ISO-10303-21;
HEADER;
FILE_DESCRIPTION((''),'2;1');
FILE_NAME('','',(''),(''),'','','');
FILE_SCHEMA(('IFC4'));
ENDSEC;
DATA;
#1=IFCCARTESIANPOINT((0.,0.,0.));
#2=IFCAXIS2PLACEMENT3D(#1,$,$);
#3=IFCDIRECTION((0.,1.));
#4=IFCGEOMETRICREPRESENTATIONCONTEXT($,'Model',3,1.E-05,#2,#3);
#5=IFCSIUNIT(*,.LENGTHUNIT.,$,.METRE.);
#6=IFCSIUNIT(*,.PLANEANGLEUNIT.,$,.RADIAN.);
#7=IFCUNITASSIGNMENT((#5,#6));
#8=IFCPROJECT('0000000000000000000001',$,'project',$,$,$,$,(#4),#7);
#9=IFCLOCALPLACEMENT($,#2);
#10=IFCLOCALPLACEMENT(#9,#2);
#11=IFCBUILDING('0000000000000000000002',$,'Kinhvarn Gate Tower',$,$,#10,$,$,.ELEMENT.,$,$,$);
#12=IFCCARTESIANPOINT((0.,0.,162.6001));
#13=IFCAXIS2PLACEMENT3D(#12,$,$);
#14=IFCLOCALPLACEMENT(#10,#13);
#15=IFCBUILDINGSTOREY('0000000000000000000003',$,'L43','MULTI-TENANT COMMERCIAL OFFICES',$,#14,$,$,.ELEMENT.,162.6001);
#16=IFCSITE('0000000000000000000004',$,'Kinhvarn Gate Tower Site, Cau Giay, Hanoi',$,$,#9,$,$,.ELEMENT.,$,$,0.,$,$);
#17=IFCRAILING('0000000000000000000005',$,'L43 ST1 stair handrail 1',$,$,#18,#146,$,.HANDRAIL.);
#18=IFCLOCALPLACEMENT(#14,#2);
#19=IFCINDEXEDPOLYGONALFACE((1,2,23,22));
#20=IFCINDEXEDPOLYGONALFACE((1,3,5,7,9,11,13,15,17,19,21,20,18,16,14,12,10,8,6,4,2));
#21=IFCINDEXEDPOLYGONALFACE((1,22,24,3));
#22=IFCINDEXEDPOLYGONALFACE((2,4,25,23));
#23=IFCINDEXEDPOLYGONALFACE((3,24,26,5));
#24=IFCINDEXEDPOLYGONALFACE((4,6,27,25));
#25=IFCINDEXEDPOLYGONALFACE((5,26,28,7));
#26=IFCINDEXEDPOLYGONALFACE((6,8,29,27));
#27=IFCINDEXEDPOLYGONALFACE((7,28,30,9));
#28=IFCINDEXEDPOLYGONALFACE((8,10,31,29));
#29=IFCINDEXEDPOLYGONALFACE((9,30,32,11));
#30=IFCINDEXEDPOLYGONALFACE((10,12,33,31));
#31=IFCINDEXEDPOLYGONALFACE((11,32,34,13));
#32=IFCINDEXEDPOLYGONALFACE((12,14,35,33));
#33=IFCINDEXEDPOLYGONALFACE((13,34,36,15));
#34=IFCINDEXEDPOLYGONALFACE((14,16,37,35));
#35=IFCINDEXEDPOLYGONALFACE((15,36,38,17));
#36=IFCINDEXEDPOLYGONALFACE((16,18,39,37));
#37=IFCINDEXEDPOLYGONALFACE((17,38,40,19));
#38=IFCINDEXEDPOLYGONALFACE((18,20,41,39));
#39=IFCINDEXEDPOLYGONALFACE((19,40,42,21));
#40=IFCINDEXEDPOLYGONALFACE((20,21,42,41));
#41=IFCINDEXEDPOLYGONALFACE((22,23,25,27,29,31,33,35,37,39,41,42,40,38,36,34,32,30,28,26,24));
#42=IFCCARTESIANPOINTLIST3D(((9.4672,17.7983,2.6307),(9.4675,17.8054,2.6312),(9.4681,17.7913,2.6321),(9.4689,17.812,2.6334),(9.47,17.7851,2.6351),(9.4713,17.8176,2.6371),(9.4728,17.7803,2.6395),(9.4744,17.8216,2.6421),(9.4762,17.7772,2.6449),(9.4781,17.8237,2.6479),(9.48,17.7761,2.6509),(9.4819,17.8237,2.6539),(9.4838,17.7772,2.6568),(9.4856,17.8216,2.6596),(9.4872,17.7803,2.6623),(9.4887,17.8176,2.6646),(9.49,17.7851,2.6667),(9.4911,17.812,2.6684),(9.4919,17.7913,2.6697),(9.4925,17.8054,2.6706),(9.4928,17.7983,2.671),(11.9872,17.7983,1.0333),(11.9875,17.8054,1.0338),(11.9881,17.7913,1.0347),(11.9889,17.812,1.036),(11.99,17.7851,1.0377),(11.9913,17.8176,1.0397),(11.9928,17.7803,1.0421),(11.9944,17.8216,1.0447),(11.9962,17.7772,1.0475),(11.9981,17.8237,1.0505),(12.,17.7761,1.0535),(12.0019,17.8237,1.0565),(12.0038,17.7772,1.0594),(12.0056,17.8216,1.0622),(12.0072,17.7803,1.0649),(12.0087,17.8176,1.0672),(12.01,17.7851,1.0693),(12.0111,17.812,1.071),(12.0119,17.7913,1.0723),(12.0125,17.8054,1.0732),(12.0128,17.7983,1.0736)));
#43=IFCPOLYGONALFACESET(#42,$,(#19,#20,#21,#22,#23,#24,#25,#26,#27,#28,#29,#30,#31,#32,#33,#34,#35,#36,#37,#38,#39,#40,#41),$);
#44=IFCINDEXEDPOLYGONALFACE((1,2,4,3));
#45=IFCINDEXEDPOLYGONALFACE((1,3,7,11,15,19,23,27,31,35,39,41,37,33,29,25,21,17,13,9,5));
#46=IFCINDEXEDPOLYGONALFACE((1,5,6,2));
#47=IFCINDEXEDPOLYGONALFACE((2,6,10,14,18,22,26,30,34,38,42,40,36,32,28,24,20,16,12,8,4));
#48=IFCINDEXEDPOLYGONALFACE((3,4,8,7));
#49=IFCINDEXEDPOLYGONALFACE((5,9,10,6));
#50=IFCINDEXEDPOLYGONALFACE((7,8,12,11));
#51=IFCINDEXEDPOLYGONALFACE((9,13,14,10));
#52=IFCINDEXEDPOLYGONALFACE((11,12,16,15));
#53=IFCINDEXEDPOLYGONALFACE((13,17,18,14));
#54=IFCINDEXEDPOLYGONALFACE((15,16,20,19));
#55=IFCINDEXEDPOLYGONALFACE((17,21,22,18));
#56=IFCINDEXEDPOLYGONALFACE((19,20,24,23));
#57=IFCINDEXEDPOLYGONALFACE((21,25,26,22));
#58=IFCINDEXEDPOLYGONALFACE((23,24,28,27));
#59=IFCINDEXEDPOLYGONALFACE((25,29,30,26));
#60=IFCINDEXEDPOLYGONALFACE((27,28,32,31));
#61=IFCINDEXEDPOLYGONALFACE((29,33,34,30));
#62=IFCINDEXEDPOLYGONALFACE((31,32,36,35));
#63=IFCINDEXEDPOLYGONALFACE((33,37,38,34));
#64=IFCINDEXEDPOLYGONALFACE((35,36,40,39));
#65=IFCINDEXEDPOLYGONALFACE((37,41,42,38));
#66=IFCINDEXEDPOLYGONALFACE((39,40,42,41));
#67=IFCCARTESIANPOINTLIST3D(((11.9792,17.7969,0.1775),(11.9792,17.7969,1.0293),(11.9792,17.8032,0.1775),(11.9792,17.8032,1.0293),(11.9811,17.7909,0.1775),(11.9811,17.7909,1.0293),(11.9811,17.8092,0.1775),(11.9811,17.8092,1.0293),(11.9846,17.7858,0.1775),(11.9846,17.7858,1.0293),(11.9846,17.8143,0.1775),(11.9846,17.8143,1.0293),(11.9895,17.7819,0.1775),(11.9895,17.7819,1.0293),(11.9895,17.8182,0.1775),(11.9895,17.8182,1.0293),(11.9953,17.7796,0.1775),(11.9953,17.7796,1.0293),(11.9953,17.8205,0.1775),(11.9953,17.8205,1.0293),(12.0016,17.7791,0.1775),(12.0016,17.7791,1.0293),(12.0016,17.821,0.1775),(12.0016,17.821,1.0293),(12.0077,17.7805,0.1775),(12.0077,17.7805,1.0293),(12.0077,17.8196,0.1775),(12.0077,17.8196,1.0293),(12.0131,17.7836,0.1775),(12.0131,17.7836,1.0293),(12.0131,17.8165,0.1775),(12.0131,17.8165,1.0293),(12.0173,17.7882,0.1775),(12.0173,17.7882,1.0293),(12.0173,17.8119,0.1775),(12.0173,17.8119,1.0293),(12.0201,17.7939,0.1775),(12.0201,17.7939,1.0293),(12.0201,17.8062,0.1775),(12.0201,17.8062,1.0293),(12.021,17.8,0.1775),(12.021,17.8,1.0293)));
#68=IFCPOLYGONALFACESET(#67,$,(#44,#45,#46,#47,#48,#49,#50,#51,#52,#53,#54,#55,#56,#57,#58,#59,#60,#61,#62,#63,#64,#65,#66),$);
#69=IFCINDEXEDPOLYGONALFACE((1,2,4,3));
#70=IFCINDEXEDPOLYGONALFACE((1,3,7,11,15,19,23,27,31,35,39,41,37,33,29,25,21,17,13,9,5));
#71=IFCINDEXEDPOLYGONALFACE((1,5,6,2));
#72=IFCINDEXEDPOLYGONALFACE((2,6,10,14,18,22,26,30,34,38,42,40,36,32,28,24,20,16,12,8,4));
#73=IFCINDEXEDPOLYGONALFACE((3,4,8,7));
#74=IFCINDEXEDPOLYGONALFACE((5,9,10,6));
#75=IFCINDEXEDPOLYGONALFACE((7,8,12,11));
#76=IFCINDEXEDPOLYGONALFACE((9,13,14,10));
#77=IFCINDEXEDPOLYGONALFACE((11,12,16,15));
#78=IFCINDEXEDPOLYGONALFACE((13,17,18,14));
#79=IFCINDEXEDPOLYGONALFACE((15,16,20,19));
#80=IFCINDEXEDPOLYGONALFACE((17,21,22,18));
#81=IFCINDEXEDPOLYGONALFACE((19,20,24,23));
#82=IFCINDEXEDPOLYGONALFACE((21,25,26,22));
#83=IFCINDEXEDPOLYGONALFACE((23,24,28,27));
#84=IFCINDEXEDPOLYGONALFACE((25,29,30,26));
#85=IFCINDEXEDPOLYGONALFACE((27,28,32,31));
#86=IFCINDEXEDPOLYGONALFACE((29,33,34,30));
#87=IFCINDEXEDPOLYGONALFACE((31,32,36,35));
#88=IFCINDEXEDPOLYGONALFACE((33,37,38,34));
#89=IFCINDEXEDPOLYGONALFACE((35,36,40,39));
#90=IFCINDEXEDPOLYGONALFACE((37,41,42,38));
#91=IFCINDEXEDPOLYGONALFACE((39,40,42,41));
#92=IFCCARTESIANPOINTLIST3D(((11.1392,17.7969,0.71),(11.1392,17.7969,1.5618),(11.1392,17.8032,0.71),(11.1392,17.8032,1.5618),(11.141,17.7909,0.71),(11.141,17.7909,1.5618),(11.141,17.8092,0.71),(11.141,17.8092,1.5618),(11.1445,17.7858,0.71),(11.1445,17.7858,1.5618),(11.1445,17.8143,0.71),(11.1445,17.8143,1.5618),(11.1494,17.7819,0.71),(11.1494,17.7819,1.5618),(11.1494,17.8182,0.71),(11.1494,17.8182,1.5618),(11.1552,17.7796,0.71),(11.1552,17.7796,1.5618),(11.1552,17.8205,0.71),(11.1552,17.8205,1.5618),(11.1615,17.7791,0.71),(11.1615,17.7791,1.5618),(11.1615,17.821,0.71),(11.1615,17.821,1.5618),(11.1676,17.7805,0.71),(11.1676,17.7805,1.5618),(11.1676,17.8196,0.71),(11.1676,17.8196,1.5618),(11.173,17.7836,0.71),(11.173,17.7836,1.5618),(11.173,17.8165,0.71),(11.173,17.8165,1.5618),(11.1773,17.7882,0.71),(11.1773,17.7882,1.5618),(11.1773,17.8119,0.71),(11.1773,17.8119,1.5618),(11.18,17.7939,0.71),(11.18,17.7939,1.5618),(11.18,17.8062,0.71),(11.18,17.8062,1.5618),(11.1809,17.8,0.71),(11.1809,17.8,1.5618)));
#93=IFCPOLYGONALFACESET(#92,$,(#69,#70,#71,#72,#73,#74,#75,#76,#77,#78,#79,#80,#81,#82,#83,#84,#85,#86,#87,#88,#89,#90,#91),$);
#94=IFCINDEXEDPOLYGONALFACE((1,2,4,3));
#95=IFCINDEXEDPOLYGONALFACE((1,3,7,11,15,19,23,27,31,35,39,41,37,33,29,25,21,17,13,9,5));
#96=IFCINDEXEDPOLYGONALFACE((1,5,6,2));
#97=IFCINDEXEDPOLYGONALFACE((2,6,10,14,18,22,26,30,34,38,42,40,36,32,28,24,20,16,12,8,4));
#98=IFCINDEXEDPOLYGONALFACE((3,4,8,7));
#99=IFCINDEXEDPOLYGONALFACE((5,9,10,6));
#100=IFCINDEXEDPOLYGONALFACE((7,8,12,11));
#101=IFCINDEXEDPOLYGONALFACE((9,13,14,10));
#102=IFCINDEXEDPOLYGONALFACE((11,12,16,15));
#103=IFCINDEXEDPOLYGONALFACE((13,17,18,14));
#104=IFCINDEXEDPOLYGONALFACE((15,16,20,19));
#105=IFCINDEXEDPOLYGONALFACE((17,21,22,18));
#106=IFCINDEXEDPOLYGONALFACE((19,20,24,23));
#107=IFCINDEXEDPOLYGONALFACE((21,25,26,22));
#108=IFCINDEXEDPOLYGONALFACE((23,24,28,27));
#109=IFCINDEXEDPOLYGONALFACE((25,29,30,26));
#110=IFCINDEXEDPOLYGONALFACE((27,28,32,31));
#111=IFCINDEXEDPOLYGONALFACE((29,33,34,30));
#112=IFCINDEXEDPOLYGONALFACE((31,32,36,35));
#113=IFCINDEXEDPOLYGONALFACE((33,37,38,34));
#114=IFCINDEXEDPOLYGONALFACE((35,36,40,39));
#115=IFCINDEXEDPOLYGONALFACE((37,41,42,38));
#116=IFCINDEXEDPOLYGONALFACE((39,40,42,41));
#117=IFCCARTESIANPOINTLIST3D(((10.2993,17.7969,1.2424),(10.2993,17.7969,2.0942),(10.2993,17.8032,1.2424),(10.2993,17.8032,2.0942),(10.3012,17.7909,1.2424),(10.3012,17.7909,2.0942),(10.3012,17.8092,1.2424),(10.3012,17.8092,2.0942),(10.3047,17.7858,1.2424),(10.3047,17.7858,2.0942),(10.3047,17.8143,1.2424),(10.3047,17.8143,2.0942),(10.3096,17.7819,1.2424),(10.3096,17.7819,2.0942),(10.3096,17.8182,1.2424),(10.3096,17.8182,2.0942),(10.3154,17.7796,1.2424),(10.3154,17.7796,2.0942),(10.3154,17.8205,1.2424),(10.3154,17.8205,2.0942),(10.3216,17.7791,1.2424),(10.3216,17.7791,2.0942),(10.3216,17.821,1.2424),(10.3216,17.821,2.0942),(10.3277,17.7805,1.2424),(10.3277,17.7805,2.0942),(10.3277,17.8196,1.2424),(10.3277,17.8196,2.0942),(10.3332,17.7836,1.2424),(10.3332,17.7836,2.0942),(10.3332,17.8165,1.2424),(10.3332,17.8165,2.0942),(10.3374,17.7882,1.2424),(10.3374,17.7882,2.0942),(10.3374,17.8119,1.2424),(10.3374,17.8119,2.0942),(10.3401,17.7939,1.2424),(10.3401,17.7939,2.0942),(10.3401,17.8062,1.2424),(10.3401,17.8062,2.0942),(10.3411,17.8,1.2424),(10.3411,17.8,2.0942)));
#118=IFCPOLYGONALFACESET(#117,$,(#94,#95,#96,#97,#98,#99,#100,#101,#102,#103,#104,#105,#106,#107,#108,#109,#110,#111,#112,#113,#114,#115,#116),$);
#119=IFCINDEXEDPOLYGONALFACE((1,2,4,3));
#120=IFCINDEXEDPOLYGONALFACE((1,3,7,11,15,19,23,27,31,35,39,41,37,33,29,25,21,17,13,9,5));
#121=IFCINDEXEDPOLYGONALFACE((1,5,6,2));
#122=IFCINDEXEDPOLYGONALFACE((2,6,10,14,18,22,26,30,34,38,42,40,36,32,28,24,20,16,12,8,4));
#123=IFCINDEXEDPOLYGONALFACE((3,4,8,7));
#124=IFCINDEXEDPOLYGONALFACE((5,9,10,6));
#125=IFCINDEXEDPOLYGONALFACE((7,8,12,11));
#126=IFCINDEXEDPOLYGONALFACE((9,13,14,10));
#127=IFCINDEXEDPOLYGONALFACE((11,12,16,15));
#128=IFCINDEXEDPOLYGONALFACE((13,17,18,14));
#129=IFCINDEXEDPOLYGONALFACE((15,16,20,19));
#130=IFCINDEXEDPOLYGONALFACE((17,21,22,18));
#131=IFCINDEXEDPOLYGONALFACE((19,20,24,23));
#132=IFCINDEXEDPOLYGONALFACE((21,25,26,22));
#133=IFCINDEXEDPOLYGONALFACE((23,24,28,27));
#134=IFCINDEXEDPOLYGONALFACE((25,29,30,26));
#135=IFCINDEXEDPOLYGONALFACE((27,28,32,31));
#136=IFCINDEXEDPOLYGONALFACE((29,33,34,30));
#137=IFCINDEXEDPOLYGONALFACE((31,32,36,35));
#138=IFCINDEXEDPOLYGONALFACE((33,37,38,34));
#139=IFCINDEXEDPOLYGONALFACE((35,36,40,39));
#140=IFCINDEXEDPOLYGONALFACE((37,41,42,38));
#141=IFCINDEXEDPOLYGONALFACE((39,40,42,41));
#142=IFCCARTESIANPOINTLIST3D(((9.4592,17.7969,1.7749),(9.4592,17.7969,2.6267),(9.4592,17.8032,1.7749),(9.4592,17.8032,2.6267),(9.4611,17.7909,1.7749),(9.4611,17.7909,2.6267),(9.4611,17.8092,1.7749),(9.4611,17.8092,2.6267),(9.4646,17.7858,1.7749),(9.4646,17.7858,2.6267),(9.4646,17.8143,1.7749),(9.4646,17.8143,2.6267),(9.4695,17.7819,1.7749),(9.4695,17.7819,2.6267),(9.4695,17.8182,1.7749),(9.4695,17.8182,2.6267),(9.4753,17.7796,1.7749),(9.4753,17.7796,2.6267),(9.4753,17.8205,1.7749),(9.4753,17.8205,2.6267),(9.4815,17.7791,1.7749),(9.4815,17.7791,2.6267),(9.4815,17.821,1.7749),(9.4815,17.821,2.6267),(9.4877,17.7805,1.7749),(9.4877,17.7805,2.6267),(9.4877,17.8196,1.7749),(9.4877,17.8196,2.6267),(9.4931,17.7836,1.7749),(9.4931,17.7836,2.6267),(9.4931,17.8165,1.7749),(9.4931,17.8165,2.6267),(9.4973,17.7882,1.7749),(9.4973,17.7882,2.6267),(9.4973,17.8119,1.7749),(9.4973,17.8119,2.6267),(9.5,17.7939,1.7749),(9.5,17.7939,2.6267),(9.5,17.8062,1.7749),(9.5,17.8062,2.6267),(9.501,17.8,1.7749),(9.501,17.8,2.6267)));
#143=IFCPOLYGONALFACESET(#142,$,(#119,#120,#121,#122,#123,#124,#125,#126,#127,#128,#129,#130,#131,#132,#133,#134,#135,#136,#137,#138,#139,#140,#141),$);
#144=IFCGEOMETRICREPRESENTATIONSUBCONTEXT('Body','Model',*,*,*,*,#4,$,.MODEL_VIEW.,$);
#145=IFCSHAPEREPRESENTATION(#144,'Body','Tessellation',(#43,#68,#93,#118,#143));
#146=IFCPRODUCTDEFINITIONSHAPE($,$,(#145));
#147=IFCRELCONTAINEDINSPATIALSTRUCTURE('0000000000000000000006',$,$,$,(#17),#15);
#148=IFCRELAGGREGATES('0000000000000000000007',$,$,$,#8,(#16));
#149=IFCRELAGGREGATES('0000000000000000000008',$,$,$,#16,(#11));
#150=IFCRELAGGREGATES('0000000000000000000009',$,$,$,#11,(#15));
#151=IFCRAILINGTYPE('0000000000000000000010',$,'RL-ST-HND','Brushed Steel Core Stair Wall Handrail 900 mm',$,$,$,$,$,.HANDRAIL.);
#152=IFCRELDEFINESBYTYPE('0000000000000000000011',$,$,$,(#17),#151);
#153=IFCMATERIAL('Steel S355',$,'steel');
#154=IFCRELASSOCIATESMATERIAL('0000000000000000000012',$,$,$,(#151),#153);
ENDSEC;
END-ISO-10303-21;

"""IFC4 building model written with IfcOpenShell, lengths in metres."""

from ifc_helpers import new_model, si_unit, direction, frame, origin, origin_2d, place, context, subcontext, project, spatial, circle, extrude, material, type_object, element, save


model = new_model("IFC4")

# Units and contexts
model_context = context("Model", 3, precision=1e-05, world=origin(), true_north=direction((0.0, 1.0)))
body_context = subcontext(model_context, "Body", "Model", "MODEL_VIEW")
ifc_project = project(units=[si_unit("LENGTHUNIT", "METRE"), si_unit("PLANEANGLEUNIT", "RADIAN")], contexts=[model_context])

# Site, building, storey
site_placement = place(None, origin())
site = spatial("IfcSite", under=ifc_project, at=site_placement, Name="Kinhvarn Gate Tower Site, Cau Giay, Hanoi", CompositionType="ELEMENT", RefElevation=0.0)
building_placement = place(site_placement, origin())
building = spatial("IfcBuilding", under=site, at=building_placement, Name="Kinhvarn Gate Tower", CompositionType="ELEMENT")
storey_placement = place(building_placement, frame((0.0, 0.0, 162.6001)))
storey = spatial("IfcBuildingStorey", under=building, at=storey_placement, Name="L43", Description="MULTI-TENANT COMMERCIAL OFFICES", CompositionType="ELEMENT", Elevation=162.6001)

# Shared definitions
ifc_material_1 = material(Name="Steel S355", Category="steel")

# Railing
railing_type_1 = type_object("IfcRailingType", Name="RL-ST-HND", Description="Brushed Steel Core Stair Wall Handrail 900 mm", PredefinedType="HANDRAIL", material=ifc_material_1)
railing_1_placement = place(storey_placement, frame((12.0, 17.8, 0.1775)))
element("IfcRailing", 1, at=railing_1_placement, inside=storey, type_object=railing_type_1, Name="L43 ST1 stair handrail 1", PredefinedType="HANDRAIL", context=body_context, shape_type="SweptSolid", body=[
    extrude(circle(Radius=0.0239, at=origin_2d()), frame((0.0, 0.0, 0.876), z_axis=(-0.844607, 0.0, 0.535387), x_axis=(0.0, -1.0, 0.0)), (0.0, 0.0, 1.0), 2.9836),
    extrude(circle(Radius=0.021, at=origin_2d()), origin(), (0.0, 0.0, 1.0), 0.8518),
    extrude(circle(Radius=0.021, at=origin_2d()), frame((-0.8401, 0.0, 0.5325)), (0.0, 0.0, 1.0), 0.8518),
    extrude(circle(Radius=0.021, at=origin_2d()), frame((-1.6799, 0.0, 1.0649)), (0.0, 0.0, 1.0), 0.8518),
    extrude(circle(Radius=0.021, at=origin_2d()), frame((-2.52, 0.0, 1.5974)), (0.0, 0.0, 1.0), 0.8518),
])

save(model, "model.ifc")
